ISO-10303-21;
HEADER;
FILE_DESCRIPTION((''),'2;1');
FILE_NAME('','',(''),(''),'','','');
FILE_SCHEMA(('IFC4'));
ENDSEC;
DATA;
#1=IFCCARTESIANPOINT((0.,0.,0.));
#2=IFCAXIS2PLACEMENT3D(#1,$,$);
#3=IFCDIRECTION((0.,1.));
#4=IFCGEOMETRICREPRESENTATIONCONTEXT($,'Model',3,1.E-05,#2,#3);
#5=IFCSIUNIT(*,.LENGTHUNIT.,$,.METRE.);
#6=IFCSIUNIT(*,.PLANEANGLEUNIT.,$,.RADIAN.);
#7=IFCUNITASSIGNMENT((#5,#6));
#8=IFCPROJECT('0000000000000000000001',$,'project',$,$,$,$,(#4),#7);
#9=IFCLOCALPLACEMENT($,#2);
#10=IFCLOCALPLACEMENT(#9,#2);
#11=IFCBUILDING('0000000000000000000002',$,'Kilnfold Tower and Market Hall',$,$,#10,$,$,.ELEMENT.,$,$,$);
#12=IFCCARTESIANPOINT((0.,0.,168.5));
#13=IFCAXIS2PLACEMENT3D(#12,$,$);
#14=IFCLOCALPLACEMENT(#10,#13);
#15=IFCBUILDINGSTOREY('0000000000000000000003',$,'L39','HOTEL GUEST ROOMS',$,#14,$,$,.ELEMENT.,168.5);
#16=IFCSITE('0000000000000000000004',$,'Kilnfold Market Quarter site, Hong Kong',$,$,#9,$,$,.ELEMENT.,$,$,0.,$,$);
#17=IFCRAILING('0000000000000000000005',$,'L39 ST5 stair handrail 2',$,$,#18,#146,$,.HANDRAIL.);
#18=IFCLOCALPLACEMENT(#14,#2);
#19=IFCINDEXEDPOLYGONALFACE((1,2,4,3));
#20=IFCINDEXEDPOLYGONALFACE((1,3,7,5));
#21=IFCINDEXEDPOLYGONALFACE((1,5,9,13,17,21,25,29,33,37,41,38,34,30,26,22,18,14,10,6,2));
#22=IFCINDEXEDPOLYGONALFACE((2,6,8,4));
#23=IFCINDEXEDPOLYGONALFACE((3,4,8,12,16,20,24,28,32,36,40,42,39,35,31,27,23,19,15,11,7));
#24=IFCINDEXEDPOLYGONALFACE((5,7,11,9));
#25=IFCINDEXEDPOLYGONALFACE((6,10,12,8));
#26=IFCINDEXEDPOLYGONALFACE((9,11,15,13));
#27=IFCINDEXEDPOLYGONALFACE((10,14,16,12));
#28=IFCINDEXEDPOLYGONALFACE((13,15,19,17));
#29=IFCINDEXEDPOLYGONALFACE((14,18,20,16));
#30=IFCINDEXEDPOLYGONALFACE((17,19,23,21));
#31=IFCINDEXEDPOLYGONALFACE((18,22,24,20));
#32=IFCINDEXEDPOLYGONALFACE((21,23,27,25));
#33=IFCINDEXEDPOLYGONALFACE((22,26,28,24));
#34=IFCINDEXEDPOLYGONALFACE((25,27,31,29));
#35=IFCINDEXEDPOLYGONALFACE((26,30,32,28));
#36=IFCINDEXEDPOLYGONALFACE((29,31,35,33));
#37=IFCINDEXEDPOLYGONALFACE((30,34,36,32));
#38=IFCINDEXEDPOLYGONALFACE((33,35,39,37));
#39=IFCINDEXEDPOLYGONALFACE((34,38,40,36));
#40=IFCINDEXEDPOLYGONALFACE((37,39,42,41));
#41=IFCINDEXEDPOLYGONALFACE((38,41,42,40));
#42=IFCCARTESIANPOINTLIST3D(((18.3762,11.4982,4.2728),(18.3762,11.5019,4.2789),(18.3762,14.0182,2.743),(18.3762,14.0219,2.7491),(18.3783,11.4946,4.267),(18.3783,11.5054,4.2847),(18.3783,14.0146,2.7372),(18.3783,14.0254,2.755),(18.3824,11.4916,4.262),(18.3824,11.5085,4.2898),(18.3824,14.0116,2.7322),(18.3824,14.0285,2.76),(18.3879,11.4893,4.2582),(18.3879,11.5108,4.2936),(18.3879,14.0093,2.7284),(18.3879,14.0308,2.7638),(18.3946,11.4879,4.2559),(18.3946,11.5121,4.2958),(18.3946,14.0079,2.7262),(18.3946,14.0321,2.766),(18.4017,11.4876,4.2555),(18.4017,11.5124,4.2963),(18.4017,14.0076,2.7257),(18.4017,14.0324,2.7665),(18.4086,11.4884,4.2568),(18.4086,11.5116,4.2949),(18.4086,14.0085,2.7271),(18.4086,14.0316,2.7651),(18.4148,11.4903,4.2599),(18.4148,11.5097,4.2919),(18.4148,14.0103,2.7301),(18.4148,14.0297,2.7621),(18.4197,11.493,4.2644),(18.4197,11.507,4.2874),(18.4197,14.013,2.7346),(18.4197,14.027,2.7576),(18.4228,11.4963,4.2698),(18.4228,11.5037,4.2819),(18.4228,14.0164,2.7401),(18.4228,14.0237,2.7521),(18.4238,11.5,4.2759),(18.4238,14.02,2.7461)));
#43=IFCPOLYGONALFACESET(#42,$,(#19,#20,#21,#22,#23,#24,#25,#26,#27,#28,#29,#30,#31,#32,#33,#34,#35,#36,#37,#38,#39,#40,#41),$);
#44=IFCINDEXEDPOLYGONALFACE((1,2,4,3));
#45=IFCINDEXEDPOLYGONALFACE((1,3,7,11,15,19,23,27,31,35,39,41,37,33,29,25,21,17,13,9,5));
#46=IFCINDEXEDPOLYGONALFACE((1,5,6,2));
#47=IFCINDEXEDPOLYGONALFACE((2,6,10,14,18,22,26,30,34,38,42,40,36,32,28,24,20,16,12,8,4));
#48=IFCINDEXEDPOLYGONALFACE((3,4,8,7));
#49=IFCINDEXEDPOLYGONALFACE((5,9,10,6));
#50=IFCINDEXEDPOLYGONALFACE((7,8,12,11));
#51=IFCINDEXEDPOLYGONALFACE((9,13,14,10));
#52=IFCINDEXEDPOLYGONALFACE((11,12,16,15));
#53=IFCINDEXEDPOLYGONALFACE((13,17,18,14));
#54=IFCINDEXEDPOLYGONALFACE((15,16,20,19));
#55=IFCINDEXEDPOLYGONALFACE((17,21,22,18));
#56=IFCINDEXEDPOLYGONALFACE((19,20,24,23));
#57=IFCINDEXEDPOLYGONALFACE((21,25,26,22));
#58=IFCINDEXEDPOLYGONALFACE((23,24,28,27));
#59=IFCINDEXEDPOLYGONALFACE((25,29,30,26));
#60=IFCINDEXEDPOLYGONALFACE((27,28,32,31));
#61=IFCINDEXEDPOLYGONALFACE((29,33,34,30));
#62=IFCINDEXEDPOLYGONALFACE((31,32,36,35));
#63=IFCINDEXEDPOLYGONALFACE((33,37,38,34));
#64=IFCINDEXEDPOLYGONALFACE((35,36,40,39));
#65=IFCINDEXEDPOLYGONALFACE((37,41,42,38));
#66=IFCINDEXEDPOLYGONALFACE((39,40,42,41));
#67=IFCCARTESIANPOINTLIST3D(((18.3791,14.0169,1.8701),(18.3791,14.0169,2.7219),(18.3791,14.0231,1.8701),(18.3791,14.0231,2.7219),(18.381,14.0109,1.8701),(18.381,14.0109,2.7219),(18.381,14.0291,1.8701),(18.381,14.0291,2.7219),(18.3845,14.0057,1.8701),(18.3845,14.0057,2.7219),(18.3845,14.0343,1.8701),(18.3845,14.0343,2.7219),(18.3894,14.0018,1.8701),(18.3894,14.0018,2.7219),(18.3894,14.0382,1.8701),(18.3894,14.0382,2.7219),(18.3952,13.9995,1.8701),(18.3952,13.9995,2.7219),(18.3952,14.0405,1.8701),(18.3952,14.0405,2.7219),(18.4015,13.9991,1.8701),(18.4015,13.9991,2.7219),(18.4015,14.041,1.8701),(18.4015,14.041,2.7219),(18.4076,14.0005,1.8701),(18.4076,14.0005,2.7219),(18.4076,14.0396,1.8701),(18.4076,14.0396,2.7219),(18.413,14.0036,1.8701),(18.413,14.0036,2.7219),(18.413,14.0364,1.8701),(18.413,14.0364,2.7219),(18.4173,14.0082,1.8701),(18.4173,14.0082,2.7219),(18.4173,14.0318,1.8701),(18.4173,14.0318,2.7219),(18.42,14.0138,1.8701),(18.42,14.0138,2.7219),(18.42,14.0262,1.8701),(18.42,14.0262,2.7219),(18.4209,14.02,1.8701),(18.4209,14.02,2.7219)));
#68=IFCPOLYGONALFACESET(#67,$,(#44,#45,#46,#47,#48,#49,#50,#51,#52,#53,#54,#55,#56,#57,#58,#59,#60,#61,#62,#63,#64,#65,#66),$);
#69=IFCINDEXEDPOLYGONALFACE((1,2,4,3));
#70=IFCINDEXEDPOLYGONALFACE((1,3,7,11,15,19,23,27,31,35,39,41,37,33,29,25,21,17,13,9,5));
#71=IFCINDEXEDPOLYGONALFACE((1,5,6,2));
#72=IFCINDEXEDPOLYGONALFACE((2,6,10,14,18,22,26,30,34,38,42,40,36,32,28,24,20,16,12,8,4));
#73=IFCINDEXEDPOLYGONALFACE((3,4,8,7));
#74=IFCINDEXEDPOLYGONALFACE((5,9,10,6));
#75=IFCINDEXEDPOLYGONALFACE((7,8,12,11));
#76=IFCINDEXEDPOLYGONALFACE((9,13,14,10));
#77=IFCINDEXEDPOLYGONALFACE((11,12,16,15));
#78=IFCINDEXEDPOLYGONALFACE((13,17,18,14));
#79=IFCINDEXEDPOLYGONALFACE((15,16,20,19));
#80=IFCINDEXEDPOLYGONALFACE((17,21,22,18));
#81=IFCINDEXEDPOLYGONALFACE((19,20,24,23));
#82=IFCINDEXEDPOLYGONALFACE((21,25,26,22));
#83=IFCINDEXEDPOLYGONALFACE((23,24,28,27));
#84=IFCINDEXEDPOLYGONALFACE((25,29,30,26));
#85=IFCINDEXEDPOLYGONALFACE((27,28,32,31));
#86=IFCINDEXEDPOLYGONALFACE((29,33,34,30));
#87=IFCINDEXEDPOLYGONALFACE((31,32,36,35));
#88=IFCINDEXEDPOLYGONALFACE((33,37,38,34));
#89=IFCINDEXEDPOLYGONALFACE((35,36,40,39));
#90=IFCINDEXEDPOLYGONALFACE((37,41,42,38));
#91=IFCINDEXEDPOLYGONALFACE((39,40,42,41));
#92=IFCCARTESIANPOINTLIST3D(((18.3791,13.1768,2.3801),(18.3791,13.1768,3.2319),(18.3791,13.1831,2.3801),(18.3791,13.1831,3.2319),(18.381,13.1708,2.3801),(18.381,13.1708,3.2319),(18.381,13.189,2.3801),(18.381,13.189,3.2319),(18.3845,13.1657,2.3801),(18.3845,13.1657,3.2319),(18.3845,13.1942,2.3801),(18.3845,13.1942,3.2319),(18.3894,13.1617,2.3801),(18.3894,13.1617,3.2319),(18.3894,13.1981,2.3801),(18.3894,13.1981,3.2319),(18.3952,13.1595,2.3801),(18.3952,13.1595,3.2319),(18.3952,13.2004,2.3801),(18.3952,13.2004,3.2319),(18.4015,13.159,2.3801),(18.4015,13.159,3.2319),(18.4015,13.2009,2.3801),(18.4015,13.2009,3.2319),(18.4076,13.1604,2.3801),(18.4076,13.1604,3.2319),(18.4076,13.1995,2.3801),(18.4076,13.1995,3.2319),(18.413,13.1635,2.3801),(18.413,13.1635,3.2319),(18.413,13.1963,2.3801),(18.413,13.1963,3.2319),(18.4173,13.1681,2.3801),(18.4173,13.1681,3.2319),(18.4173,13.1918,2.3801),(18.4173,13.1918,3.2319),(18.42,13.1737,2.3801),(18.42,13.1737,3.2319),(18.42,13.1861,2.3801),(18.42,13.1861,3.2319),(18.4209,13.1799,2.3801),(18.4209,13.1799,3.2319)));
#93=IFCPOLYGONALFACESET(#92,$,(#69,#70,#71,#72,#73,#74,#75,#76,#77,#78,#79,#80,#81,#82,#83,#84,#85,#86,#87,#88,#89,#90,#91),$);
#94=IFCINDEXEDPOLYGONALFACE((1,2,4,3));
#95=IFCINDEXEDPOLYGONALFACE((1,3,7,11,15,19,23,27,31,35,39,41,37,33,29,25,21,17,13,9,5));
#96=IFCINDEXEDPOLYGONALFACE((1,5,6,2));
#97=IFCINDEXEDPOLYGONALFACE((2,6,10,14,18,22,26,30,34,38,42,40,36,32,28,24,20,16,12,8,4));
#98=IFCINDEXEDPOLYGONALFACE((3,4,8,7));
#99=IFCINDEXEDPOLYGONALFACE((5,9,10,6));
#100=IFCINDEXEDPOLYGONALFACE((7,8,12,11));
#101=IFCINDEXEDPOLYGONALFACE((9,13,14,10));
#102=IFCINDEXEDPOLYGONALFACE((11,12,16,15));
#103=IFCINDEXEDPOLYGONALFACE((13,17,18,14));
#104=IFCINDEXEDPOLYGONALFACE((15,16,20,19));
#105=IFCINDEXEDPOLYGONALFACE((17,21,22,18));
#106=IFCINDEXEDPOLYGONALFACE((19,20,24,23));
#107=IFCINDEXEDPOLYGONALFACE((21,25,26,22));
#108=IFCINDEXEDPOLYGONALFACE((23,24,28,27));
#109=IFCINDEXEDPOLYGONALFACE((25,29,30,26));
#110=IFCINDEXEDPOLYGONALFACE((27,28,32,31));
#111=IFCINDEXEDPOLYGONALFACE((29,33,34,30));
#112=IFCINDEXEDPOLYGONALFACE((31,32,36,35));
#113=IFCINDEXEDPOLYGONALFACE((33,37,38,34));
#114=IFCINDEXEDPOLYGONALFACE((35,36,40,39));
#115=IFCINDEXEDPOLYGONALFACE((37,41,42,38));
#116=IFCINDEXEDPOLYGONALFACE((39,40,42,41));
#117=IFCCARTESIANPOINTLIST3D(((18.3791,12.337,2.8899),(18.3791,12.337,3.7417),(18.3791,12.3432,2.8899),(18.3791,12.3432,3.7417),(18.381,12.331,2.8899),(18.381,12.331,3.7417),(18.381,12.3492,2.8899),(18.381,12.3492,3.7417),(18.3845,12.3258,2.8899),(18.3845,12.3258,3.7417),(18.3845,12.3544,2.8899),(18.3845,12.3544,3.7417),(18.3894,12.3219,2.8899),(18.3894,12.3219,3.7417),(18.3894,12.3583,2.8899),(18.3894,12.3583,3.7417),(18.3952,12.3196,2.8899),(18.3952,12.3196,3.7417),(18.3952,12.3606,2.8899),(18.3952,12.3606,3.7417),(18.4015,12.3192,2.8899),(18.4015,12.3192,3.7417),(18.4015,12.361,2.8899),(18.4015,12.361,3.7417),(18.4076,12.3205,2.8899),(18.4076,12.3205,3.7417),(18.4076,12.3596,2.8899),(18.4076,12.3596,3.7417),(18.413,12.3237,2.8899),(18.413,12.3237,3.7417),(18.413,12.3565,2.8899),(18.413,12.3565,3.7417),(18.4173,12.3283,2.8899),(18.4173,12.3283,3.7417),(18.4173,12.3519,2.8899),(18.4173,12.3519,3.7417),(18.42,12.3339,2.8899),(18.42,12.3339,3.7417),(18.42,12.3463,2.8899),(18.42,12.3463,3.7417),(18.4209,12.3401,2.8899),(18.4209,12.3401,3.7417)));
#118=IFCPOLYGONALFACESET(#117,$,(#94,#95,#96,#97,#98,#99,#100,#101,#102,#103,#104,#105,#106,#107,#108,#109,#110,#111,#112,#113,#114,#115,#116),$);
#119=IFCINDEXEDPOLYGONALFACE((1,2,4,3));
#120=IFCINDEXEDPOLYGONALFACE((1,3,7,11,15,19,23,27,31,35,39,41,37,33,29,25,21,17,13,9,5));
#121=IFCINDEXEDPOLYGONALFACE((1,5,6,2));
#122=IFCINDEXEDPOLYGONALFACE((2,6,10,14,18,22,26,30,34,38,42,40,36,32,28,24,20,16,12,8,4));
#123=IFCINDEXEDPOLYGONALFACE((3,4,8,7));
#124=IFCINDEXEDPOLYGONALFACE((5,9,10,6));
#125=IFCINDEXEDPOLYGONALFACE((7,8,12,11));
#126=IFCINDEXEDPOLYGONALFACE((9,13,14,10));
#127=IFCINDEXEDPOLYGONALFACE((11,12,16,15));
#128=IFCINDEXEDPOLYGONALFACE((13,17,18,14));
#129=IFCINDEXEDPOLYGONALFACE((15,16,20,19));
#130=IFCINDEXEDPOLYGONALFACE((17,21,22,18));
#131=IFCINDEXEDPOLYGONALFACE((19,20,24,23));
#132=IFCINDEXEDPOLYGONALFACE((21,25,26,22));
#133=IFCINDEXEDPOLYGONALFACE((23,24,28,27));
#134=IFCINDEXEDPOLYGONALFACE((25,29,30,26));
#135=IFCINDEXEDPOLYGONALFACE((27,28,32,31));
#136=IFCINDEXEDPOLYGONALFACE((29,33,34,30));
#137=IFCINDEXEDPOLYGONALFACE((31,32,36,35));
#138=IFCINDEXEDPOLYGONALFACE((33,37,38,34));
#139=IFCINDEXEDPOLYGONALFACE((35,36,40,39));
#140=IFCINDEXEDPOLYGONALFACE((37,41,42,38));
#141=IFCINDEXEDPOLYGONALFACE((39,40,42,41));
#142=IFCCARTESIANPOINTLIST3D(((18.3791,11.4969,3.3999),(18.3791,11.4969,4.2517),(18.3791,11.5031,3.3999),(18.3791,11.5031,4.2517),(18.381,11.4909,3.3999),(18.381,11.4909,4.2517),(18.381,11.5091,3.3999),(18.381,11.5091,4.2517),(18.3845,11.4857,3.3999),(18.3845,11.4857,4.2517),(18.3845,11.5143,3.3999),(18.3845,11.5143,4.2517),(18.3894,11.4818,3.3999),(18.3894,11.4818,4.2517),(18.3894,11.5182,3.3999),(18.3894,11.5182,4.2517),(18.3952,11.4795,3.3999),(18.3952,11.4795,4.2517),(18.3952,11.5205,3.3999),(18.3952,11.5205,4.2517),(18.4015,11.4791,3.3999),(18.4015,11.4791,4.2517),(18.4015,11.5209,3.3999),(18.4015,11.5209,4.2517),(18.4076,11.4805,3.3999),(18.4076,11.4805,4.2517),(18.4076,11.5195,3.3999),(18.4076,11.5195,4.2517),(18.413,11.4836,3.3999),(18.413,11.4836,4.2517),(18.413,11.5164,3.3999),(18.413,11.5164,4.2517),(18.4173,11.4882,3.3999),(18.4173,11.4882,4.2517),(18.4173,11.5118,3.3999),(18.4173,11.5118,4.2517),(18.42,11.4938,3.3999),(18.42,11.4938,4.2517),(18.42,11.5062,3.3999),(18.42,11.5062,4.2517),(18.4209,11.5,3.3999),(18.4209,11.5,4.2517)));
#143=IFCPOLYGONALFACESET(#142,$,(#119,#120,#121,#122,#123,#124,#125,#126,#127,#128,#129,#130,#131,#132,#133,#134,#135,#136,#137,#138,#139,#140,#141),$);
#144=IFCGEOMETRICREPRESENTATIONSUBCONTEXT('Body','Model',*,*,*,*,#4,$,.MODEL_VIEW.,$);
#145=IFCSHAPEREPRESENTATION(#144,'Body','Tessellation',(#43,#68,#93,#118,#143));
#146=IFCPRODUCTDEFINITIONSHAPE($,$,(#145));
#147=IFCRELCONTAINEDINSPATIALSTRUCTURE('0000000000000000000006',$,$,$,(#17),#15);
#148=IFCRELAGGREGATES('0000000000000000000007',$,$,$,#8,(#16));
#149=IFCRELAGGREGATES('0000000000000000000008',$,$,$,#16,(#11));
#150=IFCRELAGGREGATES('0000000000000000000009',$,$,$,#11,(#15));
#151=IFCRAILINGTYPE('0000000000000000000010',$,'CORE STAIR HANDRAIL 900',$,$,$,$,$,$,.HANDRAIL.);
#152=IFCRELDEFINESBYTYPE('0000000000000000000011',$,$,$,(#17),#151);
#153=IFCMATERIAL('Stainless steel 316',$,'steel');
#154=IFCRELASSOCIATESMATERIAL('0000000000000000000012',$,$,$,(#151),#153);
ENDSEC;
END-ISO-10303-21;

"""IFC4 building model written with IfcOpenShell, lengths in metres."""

from ifc_helpers import new_model, si_unit, direction, frame, origin, origin_2d, place, context, subcontext, project, spatial, circle, extrude, material, type_object, element, save


model = new_model("IFC4")

# Units and contexts
model_context = context("Model", 3, precision=1e-05, world=origin(), true_north=direction((0.0, 1.0)))
body_context = subcontext(model_context, "Body", "Model", "MODEL_VIEW")
ifc_project = project(units=[si_unit("LENGTHUNIT", "METRE"), si_unit("PLANEANGLEUNIT", "RADIAN")], contexts=[model_context])

# Site, building, storey
site_placement = place(None, origin())
site = spatial("IfcSite", under=ifc_project, at=site_placement, Name="Kilnfold Market Quarter site, Hong Kong", CompositionType="ELEMENT", RefElevation=0.0)
building_placement = place(site_placement, origin())
building = spatial("IfcBuilding", under=site, at=building_placement, Name="Kilnfold Tower and Market Hall", CompositionType="ELEMENT")
storey_placement = place(building_placement, frame((0.0, 0.0, 168.5)))
storey = spatial("IfcBuildingStorey", under=building, at=storey_placement, Name="L39", Description="HOTEL GUEST ROOMS", CompositionType="ELEMENT", Elevation=168.5)

# Railing
ifc_material_1 = material(Name="Stainless steel 316", Category="steel")
railing_type_1 = type_object("IfcRailingType", Name="CORE STAIR HANDRAIL 900", PredefinedType="HANDRAIL", material=ifc_material_1)
railing_1_placement = place(storey_placement, frame((18.3999, 14.02, 1.8701)))
element("IfcRailing", 1, at=railing_1_placement, inside=storey, type_object=railing_type_1, Name="L39 ST5 stair handrail 2", PredefinedType="HANDRAIL", context=body_context, shape_type="SweptSolid", body=[
    extrude(circle(Radius=0.0239, at=origin_2d()), frame((0.0, 0.0, 0.876), z_axis=(0.0, -0.854822, 0.518922), x_axis=(1.0, 0.0, 0.0)), (0.0, 0.0, 1.0), 2.948),
    extrude(circle(Radius=0.021, at=origin_2d()), origin(), (0.0, 0.0, 1.0), 0.8518),
    extrude(circle(Radius=0.021, at=origin_2d()), frame((0.0, -0.8401, 0.51)), (0.0, 0.0, 1.0), 0.8518),
    extrude(circle(Radius=0.021, at=origin_2d()), frame((0.0, -1.6799, 1.0198)), (0.0, 0.0, 1.0), 0.8518),
    extrude(circle(Radius=0.021, at=origin_2d()), frame((0.0, -2.52, 1.5298)), (0.0, 0.0, 1.0), 0.8518),
])

save(model, "model.ifc")
